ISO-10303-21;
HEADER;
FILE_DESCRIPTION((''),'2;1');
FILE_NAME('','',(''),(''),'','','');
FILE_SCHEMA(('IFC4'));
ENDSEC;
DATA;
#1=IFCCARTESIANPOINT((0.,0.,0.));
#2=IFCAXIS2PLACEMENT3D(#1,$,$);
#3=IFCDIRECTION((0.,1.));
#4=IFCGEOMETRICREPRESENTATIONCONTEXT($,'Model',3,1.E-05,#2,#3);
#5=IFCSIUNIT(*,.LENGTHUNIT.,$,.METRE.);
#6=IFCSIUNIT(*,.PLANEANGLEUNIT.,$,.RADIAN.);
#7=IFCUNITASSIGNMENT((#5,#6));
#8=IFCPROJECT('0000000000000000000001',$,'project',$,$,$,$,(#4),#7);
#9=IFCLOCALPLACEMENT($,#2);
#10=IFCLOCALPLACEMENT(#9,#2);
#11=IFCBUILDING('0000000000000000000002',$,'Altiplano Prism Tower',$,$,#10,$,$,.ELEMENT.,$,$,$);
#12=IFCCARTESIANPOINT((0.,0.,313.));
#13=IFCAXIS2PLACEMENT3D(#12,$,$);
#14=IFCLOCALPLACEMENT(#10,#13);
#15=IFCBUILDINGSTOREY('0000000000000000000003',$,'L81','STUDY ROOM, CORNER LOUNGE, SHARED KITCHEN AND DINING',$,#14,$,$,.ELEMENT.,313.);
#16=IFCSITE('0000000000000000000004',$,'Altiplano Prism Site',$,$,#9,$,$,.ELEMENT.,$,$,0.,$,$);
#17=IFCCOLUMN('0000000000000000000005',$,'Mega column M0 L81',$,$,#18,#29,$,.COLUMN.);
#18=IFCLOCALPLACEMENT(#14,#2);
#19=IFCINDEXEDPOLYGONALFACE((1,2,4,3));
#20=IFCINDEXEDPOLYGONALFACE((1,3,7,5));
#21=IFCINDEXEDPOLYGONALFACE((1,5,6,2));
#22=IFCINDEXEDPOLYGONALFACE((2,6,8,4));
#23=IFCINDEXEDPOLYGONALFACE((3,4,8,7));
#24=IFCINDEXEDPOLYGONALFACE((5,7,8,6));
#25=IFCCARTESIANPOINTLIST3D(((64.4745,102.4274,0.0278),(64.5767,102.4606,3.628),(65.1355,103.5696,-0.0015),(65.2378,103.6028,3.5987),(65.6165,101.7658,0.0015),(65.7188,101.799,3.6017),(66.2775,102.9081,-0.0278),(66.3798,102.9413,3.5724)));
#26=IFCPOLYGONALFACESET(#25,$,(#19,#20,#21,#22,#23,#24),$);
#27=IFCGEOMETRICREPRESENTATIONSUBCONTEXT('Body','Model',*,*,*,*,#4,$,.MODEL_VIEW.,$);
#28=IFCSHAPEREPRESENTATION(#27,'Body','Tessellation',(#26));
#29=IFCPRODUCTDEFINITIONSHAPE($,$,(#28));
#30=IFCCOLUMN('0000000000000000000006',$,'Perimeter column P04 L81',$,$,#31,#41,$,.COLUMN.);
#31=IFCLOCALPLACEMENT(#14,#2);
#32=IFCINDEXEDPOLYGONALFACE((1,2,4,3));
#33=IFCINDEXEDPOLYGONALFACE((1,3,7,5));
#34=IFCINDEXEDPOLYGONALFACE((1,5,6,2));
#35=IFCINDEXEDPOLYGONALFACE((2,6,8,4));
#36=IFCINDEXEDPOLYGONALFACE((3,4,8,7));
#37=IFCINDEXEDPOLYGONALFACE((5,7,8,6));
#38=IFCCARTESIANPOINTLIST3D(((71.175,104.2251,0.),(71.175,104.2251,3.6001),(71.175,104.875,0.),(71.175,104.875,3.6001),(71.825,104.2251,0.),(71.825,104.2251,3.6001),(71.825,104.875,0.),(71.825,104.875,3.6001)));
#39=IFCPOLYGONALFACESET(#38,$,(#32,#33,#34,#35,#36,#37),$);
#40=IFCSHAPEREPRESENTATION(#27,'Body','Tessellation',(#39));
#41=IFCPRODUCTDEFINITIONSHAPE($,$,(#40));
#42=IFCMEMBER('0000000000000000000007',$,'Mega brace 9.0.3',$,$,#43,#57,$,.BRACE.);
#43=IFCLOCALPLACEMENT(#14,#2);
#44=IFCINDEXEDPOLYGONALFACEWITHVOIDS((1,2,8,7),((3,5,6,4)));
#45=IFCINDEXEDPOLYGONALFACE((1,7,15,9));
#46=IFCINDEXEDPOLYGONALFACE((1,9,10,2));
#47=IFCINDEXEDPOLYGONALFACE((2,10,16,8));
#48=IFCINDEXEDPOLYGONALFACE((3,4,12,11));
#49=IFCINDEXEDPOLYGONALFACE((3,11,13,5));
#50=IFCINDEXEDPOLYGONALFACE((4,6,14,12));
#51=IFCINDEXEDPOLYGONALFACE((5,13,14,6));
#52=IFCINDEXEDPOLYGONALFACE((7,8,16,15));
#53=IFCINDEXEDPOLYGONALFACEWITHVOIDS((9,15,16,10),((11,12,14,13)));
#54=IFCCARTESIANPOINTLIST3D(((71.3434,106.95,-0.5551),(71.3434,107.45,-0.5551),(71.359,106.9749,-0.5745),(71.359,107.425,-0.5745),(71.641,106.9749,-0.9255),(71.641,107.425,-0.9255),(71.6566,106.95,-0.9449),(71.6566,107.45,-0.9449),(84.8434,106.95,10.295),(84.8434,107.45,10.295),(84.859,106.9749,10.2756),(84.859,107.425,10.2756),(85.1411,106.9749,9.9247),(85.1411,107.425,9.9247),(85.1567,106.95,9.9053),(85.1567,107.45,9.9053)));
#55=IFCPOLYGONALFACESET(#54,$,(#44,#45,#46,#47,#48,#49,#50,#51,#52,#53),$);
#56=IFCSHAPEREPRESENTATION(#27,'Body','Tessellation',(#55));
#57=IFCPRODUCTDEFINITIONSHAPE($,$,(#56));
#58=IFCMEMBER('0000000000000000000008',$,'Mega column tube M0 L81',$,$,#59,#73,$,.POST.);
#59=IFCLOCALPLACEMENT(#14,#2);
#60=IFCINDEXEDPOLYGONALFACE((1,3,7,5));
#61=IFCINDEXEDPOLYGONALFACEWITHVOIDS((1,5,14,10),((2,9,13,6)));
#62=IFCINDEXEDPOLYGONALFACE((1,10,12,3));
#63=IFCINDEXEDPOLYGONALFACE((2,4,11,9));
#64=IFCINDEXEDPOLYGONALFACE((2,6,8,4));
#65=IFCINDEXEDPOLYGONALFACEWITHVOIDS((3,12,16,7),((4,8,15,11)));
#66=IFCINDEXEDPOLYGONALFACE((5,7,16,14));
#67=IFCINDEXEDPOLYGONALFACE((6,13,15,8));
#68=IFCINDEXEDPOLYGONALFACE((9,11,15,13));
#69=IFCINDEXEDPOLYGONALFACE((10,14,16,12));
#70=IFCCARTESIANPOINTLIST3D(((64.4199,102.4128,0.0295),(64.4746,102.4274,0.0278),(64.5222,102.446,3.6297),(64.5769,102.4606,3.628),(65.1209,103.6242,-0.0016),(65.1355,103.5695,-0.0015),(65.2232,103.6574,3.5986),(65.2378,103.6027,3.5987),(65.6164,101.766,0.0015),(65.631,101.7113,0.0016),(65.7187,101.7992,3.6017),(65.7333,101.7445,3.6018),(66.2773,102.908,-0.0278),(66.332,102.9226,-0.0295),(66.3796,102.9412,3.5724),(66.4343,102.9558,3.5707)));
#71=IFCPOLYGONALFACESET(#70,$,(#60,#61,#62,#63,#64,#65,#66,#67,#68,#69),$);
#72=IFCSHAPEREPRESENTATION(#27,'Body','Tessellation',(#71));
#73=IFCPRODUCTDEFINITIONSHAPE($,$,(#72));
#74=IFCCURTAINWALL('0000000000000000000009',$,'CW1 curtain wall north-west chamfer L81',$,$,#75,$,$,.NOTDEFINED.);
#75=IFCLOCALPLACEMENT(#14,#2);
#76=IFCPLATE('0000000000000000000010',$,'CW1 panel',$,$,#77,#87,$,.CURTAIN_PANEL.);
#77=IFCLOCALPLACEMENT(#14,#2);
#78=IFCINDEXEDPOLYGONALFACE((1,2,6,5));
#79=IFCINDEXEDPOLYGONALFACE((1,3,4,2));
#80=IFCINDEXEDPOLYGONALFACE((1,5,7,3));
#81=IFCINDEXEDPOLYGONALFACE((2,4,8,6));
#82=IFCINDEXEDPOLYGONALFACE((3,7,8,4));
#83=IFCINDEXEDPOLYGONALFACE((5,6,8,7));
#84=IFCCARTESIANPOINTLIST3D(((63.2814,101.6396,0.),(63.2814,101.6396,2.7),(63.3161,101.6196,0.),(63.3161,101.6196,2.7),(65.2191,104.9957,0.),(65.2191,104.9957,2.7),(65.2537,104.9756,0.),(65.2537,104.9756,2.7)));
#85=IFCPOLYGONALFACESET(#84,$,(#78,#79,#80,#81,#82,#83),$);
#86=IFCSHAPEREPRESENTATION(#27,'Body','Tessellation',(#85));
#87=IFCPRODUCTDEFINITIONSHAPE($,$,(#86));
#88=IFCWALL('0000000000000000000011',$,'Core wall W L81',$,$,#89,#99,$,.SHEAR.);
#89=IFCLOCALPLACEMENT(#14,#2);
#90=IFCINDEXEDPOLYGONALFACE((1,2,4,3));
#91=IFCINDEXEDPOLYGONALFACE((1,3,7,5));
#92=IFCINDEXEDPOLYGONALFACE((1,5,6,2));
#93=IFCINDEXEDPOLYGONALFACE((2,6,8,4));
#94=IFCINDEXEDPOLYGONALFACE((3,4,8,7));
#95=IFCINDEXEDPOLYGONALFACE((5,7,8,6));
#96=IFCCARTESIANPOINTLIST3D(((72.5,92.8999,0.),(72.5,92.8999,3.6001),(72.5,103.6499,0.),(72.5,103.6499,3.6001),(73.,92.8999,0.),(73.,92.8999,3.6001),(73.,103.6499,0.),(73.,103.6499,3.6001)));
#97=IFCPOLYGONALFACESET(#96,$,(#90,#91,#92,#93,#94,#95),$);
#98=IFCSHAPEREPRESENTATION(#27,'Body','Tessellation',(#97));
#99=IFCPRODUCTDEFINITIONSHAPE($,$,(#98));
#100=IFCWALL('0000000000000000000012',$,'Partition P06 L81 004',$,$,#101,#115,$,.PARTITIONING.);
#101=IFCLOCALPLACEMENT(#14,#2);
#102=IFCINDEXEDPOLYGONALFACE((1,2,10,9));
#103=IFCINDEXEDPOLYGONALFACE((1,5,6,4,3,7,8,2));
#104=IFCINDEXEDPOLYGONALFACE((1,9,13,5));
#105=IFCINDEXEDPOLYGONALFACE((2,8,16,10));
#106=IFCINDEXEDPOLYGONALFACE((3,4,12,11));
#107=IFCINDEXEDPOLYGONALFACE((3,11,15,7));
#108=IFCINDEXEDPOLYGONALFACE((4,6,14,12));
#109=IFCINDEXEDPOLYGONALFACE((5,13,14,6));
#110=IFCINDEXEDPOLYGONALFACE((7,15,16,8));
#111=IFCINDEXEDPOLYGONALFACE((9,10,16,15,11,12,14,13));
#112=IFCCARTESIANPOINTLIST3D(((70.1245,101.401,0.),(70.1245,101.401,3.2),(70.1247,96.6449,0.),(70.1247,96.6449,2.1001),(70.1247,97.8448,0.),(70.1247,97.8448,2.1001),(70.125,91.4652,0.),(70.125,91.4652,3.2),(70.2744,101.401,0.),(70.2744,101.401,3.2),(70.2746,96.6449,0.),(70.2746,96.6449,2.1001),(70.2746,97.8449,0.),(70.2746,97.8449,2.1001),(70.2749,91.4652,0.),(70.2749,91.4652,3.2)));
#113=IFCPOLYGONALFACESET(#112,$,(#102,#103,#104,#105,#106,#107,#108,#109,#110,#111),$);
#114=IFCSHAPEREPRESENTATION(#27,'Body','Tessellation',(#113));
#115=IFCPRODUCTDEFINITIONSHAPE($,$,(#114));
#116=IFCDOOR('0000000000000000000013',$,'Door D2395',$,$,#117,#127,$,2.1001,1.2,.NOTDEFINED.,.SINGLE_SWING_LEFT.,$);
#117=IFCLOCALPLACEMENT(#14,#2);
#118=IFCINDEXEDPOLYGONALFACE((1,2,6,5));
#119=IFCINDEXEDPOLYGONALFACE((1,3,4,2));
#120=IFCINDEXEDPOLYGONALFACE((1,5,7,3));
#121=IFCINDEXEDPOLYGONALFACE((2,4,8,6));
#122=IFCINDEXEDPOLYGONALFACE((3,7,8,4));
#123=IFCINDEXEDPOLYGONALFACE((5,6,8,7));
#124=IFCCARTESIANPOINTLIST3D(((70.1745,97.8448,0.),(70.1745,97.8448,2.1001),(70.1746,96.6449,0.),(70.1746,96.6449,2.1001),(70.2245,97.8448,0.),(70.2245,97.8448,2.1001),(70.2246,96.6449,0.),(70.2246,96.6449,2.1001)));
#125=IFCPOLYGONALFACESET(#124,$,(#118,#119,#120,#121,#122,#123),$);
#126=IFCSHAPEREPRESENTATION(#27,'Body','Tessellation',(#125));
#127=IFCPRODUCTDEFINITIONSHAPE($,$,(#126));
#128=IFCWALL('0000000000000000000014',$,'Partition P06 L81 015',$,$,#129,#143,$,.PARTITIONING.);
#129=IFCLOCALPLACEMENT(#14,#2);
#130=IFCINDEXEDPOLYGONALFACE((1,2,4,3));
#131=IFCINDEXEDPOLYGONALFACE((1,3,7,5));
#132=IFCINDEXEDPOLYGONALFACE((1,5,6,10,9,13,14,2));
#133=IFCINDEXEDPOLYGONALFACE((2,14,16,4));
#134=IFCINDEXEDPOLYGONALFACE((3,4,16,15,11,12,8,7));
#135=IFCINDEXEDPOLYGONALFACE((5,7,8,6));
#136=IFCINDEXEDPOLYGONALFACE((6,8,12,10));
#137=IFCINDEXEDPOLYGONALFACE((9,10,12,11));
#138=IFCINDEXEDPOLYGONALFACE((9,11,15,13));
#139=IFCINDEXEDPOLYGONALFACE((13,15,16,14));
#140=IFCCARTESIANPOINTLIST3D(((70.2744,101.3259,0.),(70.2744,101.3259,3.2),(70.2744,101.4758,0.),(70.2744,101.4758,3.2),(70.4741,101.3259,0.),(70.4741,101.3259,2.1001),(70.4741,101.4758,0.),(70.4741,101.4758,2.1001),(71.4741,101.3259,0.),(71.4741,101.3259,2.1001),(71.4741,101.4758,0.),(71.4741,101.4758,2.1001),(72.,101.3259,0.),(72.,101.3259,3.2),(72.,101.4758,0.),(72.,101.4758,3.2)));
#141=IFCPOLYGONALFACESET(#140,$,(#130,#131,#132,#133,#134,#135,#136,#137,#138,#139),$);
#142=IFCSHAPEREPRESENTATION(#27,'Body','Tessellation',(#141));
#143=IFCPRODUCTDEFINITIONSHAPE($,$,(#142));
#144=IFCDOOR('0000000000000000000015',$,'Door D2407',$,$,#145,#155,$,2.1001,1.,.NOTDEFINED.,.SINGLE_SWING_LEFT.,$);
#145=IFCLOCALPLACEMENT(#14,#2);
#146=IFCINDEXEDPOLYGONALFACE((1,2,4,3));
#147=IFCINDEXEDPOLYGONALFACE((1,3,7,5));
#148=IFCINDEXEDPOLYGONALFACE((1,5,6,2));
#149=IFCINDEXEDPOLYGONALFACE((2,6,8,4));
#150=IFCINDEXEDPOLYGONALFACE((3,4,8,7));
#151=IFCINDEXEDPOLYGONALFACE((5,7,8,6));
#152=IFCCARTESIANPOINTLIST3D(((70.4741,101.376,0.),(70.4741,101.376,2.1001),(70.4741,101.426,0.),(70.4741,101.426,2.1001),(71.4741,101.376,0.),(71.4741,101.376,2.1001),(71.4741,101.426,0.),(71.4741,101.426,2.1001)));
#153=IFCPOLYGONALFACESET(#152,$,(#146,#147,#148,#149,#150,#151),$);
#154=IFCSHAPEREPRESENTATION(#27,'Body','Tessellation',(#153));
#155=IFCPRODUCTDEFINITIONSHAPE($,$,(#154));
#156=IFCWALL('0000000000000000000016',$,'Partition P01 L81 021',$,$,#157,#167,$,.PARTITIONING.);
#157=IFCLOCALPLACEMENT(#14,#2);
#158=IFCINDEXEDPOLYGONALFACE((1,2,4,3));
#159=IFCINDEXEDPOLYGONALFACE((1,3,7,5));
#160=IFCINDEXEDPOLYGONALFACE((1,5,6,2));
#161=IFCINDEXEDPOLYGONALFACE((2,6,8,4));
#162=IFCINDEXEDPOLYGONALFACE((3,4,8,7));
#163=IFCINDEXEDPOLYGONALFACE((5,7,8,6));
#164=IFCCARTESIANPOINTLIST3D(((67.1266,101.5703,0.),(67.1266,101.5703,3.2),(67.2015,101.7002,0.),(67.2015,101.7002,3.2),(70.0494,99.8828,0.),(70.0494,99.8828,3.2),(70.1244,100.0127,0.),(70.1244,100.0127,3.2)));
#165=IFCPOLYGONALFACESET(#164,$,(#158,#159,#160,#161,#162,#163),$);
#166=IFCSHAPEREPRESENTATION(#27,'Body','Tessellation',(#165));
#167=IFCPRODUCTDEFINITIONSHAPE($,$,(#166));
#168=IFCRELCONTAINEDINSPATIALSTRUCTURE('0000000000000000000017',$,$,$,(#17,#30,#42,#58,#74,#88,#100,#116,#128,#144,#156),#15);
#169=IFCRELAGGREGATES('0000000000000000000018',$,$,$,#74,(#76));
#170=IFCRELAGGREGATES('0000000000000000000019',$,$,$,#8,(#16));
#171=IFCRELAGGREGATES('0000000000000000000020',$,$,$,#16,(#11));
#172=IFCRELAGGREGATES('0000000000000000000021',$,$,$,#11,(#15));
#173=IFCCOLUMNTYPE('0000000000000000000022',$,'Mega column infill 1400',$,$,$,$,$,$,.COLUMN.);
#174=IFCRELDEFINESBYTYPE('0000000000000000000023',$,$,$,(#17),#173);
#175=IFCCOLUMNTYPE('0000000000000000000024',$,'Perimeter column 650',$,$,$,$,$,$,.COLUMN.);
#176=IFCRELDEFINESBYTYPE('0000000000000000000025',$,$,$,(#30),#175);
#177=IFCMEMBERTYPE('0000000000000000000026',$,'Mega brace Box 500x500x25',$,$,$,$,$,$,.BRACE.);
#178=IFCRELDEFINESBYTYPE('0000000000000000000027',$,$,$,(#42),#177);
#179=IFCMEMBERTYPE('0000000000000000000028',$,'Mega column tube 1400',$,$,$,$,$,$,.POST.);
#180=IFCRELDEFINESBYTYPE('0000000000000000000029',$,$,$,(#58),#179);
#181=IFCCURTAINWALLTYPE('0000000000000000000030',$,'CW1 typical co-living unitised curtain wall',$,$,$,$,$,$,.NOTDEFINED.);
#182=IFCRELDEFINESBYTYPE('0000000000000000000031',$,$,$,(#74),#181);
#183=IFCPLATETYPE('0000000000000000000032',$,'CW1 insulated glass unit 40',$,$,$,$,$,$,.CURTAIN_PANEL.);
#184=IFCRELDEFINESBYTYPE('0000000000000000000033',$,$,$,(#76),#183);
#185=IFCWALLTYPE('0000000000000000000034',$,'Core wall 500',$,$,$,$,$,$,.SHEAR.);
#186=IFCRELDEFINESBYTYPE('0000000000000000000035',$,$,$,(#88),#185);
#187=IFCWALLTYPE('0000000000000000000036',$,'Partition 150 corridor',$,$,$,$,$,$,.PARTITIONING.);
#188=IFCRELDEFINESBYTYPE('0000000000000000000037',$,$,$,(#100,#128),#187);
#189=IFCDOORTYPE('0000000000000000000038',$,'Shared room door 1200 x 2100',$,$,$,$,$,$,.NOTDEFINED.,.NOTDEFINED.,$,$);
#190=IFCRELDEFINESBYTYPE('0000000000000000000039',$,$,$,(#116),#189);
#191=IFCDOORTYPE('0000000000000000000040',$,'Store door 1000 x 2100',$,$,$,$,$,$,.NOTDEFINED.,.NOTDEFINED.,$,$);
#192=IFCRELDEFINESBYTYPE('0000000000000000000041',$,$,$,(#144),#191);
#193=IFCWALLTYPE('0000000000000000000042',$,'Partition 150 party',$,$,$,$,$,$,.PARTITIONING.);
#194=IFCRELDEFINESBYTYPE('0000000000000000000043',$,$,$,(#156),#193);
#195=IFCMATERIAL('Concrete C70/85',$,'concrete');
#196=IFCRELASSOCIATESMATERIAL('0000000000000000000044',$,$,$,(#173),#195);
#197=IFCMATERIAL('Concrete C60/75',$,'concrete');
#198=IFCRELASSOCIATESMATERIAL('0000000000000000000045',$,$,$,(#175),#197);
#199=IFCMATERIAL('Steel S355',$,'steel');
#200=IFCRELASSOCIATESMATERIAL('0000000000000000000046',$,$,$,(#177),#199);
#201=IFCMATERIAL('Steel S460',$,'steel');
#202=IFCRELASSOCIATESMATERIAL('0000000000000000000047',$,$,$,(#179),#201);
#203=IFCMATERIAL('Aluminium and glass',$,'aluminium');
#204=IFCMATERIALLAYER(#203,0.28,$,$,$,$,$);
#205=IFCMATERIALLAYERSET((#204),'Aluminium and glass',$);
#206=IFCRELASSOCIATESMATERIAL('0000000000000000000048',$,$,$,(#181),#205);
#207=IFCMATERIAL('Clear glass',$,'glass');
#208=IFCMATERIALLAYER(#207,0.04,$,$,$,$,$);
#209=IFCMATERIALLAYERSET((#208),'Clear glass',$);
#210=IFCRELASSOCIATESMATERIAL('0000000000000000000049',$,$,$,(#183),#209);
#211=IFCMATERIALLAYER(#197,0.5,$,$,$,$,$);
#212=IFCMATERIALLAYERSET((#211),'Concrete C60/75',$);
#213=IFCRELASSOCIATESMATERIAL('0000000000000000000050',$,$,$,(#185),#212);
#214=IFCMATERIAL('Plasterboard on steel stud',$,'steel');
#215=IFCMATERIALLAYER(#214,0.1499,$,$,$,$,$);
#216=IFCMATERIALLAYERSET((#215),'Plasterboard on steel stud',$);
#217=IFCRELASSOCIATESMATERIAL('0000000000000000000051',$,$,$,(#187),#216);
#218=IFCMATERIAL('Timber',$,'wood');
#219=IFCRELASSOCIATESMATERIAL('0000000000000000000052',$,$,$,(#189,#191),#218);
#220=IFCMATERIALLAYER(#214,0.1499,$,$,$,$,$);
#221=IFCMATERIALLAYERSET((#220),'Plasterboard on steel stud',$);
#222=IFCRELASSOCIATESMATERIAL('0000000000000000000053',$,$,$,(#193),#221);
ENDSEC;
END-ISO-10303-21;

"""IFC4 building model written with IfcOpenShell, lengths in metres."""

from ifc_helpers import new_model, si_unit, direction, frame, frame_2d, origin, origin_2d, place, context, subcontext, project, spatial, rectangle, hollow_rectangle, extrude, material, layer, layer_set, material_profile, profile_set, type_object, element, fill, aggregate, save


model = new_model("IFC4")

# Units and contexts
model_context = context("Model", 3, precision=1e-05, world=origin(), true_north=direction((0.0, 1.0)))
body_context = subcontext(model_context, "Body", "Model", "MODEL_VIEW")
ifc_project = project(units=[si_unit("LENGTHUNIT", "METRE"), si_unit("PLANEANGLEUNIT", "RADIAN")], contexts=[model_context])

# Site, building, storey
site_placement = place(None, origin())
site = spatial("IfcSite", under=ifc_project, at=site_placement, Name="Altiplano Prism Site", CompositionType="ELEMENT", RefElevation=0.0)
building_placement = place(site_placement, origin())
building = spatial("IfcBuilding", under=site, at=building_placement, Name="Altiplano Prism Tower", CompositionType="ELEMENT")
storey_placement = place(building_placement, frame((0.0, 0.0, 313.0)))
storey = spatial("IfcBuildingStorey", under=building, at=storey_placement, Name="L81", Description="STUDY ROOM, CORNER LOUNGE, SHARED KITCHEN AND DINING", CompositionType="ELEMENT", Elevation=313.0)

# Columns
ifc_material_1 = material(Name="Concrete C70/85", Category="concrete")
ifc_material_profile_1 = material_profile(ifc_material_1, rectangle(XDim=1.3201, YDim=1.3201, at=origin_2d()), Name="Mega column infill 1400")
ifc_profile_set_1 = profile_set([ifc_material_profile_1], Name="Concrete C70/85")
column_type_1 = type_object("IfcColumnType", Name="Mega column infill 1400", PredefinedType="COLUMN", material=ifc_profile_set_1)
column_1_placement = place(storey_placement, frame((65.376, 102.6677, 0.0), z_axis=(0.028402, 0.009219, 0.999554), x_axis=(-0.865123, 0.501162, 0.01996)))
element("IfcColumn", 1, at=column_1_placement, inside=storey, type_object=column_type_1, Name="Mega column M0 L81", PredefinedType="COLUMN", context=body_context, shape_type="SweptSolid", body=[
    extrude(rectangle(XDim=1.3201, YDim=1.3201, at=origin_2d()), origin(), (0.0, 0.0, 1.0), 3.6018),
])
ifc_material_2 = material(Name="Concrete C60/75", Category="concrete")
ifc_material_profile_2 = material_profile(ifc_material_2, rectangle(XDim=0.6499, YDim=0.6499, at=origin_2d()), Name="Perimeter column 650")
ifc_profile_set_2 = profile_set([ifc_material_profile_2], Name="Concrete C60/75")
column_type_2 = type_object("IfcColumnType", Name="Perimeter column 650", PredefinedType="COLUMN", material=ifc_profile_set_2)
column_2_placement = place(storey_placement, frame((71.5, 104.55, 0.0), z_axis=(0.0, 0.0, 1.0), x_axis=(1.0, 0.0, 0.0)))
element("IfcColumn", 2, at=column_2_placement, inside=storey, type_object=column_type_2, Name="Perimeter column P04 L81", PredefinedType="COLUMN", context=body_context, shape_type="SweptSolid", body=[
    extrude(rectangle(XDim=0.6499, YDim=0.6499, at=origin_2d()), origin(), (0.0, 0.0, 1.0), 3.6001),
])

# Members
ifc_material_3 = material(Name="Steel S355", Category="steel")
ifc_material_profile_3 = material_profile(ifc_material_3, hollow_rectangle(XDim=0.5, YDim=0.5, WallThickness=0.0249, at=origin_2d()), Name="Mega brace Box 500x500x25")
ifc_profile_set_3 = profile_set([ifc_material_profile_3], Name="Steel S355")
member_type_1 = type_object("IfcMemberType", Name="Mega brace Box 500x500x25", PredefinedType="BRACE", material=ifc_profile_set_3)
member_1_placement = place(storey_placement, frame((71.5, 107.2, -0.75), z_axis=(0.779456, 0.0, 0.626457), x_axis=(0.0, 1.0, 0.0)))
element("IfcMember", 3, at=member_1_placement, inside=storey, type_object=member_type_1, Name="Mega brace 9.0.3", PredefinedType="BRACE", context=body_context, shape_type="SweptSolid", body=[
    extrude(hollow_rectangle(XDim=0.5, YDim=0.5, WallThickness=0.0249, at=origin_2d()), origin(), (0.0, 0.0, 1.0), 17.3198),
])
ifc_material_4 = material(Name="Steel S460", Category="steel")
ifc_material_profile_4 = material_profile(ifc_material_4, hollow_rectangle(XDim=1.3999, YDim=1.3999, WallThickness=0.04, at=origin_2d()), Name="Mega column tube 1400")
ifc_profile_set_4 = profile_set([ifc_material_profile_4], Name="Steel S460")
member_type_2 = type_object("IfcMemberType", Name="Mega column tube 1400", PredefinedType="POST", material=ifc_profile_set_4)
member_2_placement = place(storey_placement, frame((65.376, 102.6677, 0.0), z_axis=(0.028402, 0.009219, 0.999554), x_axis=(-0.865123, 0.501162, 0.01996)))
element("IfcMember", 4, at=member_2_placement, inside=storey, type_object=member_type_2, Name="Mega column tube M0 L81", PredefinedType="POST", context=body_context, shape_type="SweptSolid", body=[
    extrude(hollow_rectangle(XDim=1.3999, YDim=1.3999, WallThickness=0.04, at=origin_2d()), origin(), (0.0, 0.0, 1.0), 3.6018),
])

# Curtain wall, plate
ifc_material_5 = material(Name="Aluminium and glass", Category="aluminium")
ifc_layer_1 = layer(ifc_material_5, 0.28)
ifc_layer_set_1 = layer_set([ifc_layer_1], Name="Aluminium and glass")
curtain_wall_type = type_object("IfcCurtainWallType", Name="CW1 typical co-living unitised curtain wall", PredefinedType="NOTDEFINED", material=ifc_layer_set_1)
curtain_wall_placement = place(storey_placement, origin())
curtain_wall = element("IfcCurtainWall", 5, at=curtain_wall_placement, inside=storey, type_object=curtain_wall_type, Name="CW1 curtain wall north-west chamfer L81", PredefinedType="NOTDEFINED")
ifc_material_6 = material(Name="Clear glass", Category="glass")
ifc_layer_2 = layer(ifc_material_6, 0.04)
ifc_layer_set_2 = layer_set([ifc_layer_2], Name="Clear glass")
plate_type = type_object("IfcPlateType", Name="CW1 insulated glass unit 40", PredefinedType="CURTAIN_PANEL", material=ifc_layer_set_2)
plate_placement = place(storey_placement, frame((64.2676, 103.3076, 0.0), z_axis=(0.0, 0.0, 1.0), x_axis=(-0.5, -0.866025, 0.0)))
plate = element("IfcPlate", 6, at=plate_placement, type_object=plate_type, Name="CW1 panel", PredefinedType="CURTAIN_PANEL", context=body_context, shape_type="SweptSolid", body=[
    extrude(rectangle(XDim=3.8752, YDim=0.04, at=origin_2d()), origin(), (0.0, 0.0, 1.0), 2.7),
])
aggregate(curtain_wall, [plate])

# Wall
ifc_layer_3 = layer(ifc_material_2, 0.5)
ifc_layer_set_3 = layer_set([ifc_layer_3], Name="Concrete C60/75")
wall_type_1 = type_object("IfcWallType", Name="Core wall 500", PredefinedType="SHEAR", material=ifc_layer_set_3)
wall_1_placement = place(storey_placement, frame((72.75, 103.6499, 0.0), z_axis=(0.0, 0.0, 1.0), x_axis=(0.0, -1.0, 0.0)))
element("IfcWall", 7, at=wall_1_placement, inside=storey, type_object=wall_type_1, Name="Core wall W L81", PredefinedType="SHEAR", context=body_context, shape_type="SweptSolid", body=[
    extrude(rectangle(XDim=10.75, YDim=0.5, at=frame_2d((5.375, 0.0))), origin(), (0.0, 0.0, 1.0), 3.6001),
])

# Walls, openings, doors
ifc_material_7 = material(Name="Plasterboard on steel stud", Category="steel")
ifc_layer_4 = layer(ifc_material_7, 0.1499)
ifc_layer_set_4 = layer_set([ifc_layer_4], Name="Plasterboard on steel stud")
wall_type_2 = type_object("IfcWallType", Name="Partition 150 corridor", PredefinedType="PARTITIONING", material=ifc_layer_set_4)
wall_2_placement = place(storey_placement, frame((70.1995, 101.4009, 0.0), z_axis=(0.0, 0.0, 1.0), x_axis=(0.000049, -1.0, 0.0)))
wall_2 = element("IfcWall", 8, at=wall_2_placement, inside=storey, type_object=wall_type_2, Name="Partition P06 L81 004", PredefinedType="PARTITIONING", context=body_context, shape_type="SweptSolid", body=[
    extrude(rectangle(XDim=9.9358, YDim=0.1499, at=frame_2d((4.9678, 0.0))), origin(), (0.0, 0.0, 1.0), 3.2),
])
opening_1_placement = place(wall_2_placement, frame((3.5559, 0.0, 0.0)))
opening_1 = element("IfcOpeningElement", 9, at=opening_1_placement, cuts=wall_2, PredefinedType="OPENING", context=body_context, shape_type="SweptSolid", body=[
    extrude(rectangle(XDim=1.2, YDim=2.1001, at=frame_2d((0.6001, 1.05))), frame((0.0, 0.0854, 0.0), z_axis=(0.0, -1.0, 0.0), x_axis=(1.0, 0.0, 0.0)), (0.0, 0.0, 1.0), 0.1709),
])
ifc_material_8 = material(Name="Timber", Category="wood")
door_type_1 = type_object("IfcDoorType", Name="Shared room door 1200 x 2100", OperationType="NOTDEFINED", PredefinedType="NOTDEFINED", material=ifc_material_8)
door_1_placement = place(opening_1_placement, origin())
door_1 = element("IfcDoor", 10, at=door_1_placement, inside=storey, type_object=door_type_1, Name="Door D2395", OperationType="SINGLE_SWING_LEFT", OverallHeight=2.1001, OverallWidth=1.2, PredefinedType="NOTDEFINED", context=body_context, shape_type="SweptSolid", body=[
    extrude(rectangle(XDim=1.2, YDim=2.1001, at=frame_2d((0.6001, 1.05))), frame((0.0, 0.0249, 0.0), z_axis=(0.0, -1.0, 0.0), x_axis=(1.0, 0.0, 0.0)), (0.0, 0.0, 1.0), 0.05),
])
fill(opening_1, door_1)
wall_3_placement = place(storey_placement, frame((72.0, 101.4009, 0.0), z_axis=(0.0, 0.0, 1.0), x_axis=(-1.0, 0.0, 0.0)))
wall_3 = element("IfcWall", 11, at=wall_3_placement, inside=storey, type_object=wall_type_2, Name="Partition P06 L81 015", PredefinedType="PARTITIONING", context=body_context, shape_type="SweptSolid", body=[
    extrude(rectangle(XDim=1.7256, YDim=0.1499, at=frame_2d((0.8628, 0.0))), origin(), (0.0, 0.0, 1.0), 3.2),
])
opening_2_placement = place(wall_3_placement, frame((0.5259, 0.0, 0.0)))
opening_2 = element("IfcOpeningElement", 12, at=opening_2_placement, cuts=wall_3, PredefinedType="OPENING", context=body_context, shape_type="SweptSolid", body=[
    extrude(rectangle(XDim=1.0, YDim=2.1001, at=frame_2d((0.5, 1.05))), frame((0.0, 0.0854, 0.0), z_axis=(0.0, -1.0, 0.0), x_axis=(1.0, 0.0, 0.0)), (0.0, 0.0, 1.0), 0.1709),
])
door_type_2 = type_object("IfcDoorType", Name="Store door 1000 x 2100", OperationType="NOTDEFINED", PredefinedType="NOTDEFINED", material=ifc_material_8)
door_2_placement = place(opening_2_placement, origin())
door_2 = element("IfcDoor", 13, at=door_2_placement, inside=storey, type_object=door_type_2, Name="Door D2407", OperationType="SINGLE_SWING_LEFT", OverallHeight=2.1001, OverallWidth=1.0, PredefinedType="NOTDEFINED", context=body_context, shape_type="SweptSolid", body=[
    extrude(rectangle(XDim=1.0, YDim=2.1001, at=frame_2d((0.5, 1.05))), frame((0.0, 0.0249, 0.0), z_axis=(0.0, -1.0, 0.0), x_axis=(1.0, 0.0, 0.0)), (0.0, 0.0, 1.0), 0.05),
])
fill(opening_2, door_2)

# Wall
ifc_layer_5 = layer(ifc_material_7, 0.1499)
ifc_layer_set_5 = layer_set([ifc_layer_5], Name="Plasterboard on steel stud")
wall_type_3 = type_object("IfcWallType", Name="Partition 150 party", PredefinedType="PARTITIONING", material=ifc_layer_set_5)
wall_4_placement = place(storey_placement, frame((70.0869, 99.9478, 0.0), z_axis=(0.0, 0.0, 1.0), x_axis=(-0.866027, 0.499998, 0.0)))
element("IfcWall", 14, at=wall_4_placement, inside=storey, type_object=wall_type_3, Name="Partition P01 L81 021", PredefinedType="PARTITIONING", context=body_context, shape_type="SweptSolid", body=[
    extrude(rectangle(XDim=3.375, YDim=0.1499, at=frame_2d((1.6875, 0.0))), origin(), (0.0, 0.0, 1.0), 3.2),
])

save(model, "model.ifc")
